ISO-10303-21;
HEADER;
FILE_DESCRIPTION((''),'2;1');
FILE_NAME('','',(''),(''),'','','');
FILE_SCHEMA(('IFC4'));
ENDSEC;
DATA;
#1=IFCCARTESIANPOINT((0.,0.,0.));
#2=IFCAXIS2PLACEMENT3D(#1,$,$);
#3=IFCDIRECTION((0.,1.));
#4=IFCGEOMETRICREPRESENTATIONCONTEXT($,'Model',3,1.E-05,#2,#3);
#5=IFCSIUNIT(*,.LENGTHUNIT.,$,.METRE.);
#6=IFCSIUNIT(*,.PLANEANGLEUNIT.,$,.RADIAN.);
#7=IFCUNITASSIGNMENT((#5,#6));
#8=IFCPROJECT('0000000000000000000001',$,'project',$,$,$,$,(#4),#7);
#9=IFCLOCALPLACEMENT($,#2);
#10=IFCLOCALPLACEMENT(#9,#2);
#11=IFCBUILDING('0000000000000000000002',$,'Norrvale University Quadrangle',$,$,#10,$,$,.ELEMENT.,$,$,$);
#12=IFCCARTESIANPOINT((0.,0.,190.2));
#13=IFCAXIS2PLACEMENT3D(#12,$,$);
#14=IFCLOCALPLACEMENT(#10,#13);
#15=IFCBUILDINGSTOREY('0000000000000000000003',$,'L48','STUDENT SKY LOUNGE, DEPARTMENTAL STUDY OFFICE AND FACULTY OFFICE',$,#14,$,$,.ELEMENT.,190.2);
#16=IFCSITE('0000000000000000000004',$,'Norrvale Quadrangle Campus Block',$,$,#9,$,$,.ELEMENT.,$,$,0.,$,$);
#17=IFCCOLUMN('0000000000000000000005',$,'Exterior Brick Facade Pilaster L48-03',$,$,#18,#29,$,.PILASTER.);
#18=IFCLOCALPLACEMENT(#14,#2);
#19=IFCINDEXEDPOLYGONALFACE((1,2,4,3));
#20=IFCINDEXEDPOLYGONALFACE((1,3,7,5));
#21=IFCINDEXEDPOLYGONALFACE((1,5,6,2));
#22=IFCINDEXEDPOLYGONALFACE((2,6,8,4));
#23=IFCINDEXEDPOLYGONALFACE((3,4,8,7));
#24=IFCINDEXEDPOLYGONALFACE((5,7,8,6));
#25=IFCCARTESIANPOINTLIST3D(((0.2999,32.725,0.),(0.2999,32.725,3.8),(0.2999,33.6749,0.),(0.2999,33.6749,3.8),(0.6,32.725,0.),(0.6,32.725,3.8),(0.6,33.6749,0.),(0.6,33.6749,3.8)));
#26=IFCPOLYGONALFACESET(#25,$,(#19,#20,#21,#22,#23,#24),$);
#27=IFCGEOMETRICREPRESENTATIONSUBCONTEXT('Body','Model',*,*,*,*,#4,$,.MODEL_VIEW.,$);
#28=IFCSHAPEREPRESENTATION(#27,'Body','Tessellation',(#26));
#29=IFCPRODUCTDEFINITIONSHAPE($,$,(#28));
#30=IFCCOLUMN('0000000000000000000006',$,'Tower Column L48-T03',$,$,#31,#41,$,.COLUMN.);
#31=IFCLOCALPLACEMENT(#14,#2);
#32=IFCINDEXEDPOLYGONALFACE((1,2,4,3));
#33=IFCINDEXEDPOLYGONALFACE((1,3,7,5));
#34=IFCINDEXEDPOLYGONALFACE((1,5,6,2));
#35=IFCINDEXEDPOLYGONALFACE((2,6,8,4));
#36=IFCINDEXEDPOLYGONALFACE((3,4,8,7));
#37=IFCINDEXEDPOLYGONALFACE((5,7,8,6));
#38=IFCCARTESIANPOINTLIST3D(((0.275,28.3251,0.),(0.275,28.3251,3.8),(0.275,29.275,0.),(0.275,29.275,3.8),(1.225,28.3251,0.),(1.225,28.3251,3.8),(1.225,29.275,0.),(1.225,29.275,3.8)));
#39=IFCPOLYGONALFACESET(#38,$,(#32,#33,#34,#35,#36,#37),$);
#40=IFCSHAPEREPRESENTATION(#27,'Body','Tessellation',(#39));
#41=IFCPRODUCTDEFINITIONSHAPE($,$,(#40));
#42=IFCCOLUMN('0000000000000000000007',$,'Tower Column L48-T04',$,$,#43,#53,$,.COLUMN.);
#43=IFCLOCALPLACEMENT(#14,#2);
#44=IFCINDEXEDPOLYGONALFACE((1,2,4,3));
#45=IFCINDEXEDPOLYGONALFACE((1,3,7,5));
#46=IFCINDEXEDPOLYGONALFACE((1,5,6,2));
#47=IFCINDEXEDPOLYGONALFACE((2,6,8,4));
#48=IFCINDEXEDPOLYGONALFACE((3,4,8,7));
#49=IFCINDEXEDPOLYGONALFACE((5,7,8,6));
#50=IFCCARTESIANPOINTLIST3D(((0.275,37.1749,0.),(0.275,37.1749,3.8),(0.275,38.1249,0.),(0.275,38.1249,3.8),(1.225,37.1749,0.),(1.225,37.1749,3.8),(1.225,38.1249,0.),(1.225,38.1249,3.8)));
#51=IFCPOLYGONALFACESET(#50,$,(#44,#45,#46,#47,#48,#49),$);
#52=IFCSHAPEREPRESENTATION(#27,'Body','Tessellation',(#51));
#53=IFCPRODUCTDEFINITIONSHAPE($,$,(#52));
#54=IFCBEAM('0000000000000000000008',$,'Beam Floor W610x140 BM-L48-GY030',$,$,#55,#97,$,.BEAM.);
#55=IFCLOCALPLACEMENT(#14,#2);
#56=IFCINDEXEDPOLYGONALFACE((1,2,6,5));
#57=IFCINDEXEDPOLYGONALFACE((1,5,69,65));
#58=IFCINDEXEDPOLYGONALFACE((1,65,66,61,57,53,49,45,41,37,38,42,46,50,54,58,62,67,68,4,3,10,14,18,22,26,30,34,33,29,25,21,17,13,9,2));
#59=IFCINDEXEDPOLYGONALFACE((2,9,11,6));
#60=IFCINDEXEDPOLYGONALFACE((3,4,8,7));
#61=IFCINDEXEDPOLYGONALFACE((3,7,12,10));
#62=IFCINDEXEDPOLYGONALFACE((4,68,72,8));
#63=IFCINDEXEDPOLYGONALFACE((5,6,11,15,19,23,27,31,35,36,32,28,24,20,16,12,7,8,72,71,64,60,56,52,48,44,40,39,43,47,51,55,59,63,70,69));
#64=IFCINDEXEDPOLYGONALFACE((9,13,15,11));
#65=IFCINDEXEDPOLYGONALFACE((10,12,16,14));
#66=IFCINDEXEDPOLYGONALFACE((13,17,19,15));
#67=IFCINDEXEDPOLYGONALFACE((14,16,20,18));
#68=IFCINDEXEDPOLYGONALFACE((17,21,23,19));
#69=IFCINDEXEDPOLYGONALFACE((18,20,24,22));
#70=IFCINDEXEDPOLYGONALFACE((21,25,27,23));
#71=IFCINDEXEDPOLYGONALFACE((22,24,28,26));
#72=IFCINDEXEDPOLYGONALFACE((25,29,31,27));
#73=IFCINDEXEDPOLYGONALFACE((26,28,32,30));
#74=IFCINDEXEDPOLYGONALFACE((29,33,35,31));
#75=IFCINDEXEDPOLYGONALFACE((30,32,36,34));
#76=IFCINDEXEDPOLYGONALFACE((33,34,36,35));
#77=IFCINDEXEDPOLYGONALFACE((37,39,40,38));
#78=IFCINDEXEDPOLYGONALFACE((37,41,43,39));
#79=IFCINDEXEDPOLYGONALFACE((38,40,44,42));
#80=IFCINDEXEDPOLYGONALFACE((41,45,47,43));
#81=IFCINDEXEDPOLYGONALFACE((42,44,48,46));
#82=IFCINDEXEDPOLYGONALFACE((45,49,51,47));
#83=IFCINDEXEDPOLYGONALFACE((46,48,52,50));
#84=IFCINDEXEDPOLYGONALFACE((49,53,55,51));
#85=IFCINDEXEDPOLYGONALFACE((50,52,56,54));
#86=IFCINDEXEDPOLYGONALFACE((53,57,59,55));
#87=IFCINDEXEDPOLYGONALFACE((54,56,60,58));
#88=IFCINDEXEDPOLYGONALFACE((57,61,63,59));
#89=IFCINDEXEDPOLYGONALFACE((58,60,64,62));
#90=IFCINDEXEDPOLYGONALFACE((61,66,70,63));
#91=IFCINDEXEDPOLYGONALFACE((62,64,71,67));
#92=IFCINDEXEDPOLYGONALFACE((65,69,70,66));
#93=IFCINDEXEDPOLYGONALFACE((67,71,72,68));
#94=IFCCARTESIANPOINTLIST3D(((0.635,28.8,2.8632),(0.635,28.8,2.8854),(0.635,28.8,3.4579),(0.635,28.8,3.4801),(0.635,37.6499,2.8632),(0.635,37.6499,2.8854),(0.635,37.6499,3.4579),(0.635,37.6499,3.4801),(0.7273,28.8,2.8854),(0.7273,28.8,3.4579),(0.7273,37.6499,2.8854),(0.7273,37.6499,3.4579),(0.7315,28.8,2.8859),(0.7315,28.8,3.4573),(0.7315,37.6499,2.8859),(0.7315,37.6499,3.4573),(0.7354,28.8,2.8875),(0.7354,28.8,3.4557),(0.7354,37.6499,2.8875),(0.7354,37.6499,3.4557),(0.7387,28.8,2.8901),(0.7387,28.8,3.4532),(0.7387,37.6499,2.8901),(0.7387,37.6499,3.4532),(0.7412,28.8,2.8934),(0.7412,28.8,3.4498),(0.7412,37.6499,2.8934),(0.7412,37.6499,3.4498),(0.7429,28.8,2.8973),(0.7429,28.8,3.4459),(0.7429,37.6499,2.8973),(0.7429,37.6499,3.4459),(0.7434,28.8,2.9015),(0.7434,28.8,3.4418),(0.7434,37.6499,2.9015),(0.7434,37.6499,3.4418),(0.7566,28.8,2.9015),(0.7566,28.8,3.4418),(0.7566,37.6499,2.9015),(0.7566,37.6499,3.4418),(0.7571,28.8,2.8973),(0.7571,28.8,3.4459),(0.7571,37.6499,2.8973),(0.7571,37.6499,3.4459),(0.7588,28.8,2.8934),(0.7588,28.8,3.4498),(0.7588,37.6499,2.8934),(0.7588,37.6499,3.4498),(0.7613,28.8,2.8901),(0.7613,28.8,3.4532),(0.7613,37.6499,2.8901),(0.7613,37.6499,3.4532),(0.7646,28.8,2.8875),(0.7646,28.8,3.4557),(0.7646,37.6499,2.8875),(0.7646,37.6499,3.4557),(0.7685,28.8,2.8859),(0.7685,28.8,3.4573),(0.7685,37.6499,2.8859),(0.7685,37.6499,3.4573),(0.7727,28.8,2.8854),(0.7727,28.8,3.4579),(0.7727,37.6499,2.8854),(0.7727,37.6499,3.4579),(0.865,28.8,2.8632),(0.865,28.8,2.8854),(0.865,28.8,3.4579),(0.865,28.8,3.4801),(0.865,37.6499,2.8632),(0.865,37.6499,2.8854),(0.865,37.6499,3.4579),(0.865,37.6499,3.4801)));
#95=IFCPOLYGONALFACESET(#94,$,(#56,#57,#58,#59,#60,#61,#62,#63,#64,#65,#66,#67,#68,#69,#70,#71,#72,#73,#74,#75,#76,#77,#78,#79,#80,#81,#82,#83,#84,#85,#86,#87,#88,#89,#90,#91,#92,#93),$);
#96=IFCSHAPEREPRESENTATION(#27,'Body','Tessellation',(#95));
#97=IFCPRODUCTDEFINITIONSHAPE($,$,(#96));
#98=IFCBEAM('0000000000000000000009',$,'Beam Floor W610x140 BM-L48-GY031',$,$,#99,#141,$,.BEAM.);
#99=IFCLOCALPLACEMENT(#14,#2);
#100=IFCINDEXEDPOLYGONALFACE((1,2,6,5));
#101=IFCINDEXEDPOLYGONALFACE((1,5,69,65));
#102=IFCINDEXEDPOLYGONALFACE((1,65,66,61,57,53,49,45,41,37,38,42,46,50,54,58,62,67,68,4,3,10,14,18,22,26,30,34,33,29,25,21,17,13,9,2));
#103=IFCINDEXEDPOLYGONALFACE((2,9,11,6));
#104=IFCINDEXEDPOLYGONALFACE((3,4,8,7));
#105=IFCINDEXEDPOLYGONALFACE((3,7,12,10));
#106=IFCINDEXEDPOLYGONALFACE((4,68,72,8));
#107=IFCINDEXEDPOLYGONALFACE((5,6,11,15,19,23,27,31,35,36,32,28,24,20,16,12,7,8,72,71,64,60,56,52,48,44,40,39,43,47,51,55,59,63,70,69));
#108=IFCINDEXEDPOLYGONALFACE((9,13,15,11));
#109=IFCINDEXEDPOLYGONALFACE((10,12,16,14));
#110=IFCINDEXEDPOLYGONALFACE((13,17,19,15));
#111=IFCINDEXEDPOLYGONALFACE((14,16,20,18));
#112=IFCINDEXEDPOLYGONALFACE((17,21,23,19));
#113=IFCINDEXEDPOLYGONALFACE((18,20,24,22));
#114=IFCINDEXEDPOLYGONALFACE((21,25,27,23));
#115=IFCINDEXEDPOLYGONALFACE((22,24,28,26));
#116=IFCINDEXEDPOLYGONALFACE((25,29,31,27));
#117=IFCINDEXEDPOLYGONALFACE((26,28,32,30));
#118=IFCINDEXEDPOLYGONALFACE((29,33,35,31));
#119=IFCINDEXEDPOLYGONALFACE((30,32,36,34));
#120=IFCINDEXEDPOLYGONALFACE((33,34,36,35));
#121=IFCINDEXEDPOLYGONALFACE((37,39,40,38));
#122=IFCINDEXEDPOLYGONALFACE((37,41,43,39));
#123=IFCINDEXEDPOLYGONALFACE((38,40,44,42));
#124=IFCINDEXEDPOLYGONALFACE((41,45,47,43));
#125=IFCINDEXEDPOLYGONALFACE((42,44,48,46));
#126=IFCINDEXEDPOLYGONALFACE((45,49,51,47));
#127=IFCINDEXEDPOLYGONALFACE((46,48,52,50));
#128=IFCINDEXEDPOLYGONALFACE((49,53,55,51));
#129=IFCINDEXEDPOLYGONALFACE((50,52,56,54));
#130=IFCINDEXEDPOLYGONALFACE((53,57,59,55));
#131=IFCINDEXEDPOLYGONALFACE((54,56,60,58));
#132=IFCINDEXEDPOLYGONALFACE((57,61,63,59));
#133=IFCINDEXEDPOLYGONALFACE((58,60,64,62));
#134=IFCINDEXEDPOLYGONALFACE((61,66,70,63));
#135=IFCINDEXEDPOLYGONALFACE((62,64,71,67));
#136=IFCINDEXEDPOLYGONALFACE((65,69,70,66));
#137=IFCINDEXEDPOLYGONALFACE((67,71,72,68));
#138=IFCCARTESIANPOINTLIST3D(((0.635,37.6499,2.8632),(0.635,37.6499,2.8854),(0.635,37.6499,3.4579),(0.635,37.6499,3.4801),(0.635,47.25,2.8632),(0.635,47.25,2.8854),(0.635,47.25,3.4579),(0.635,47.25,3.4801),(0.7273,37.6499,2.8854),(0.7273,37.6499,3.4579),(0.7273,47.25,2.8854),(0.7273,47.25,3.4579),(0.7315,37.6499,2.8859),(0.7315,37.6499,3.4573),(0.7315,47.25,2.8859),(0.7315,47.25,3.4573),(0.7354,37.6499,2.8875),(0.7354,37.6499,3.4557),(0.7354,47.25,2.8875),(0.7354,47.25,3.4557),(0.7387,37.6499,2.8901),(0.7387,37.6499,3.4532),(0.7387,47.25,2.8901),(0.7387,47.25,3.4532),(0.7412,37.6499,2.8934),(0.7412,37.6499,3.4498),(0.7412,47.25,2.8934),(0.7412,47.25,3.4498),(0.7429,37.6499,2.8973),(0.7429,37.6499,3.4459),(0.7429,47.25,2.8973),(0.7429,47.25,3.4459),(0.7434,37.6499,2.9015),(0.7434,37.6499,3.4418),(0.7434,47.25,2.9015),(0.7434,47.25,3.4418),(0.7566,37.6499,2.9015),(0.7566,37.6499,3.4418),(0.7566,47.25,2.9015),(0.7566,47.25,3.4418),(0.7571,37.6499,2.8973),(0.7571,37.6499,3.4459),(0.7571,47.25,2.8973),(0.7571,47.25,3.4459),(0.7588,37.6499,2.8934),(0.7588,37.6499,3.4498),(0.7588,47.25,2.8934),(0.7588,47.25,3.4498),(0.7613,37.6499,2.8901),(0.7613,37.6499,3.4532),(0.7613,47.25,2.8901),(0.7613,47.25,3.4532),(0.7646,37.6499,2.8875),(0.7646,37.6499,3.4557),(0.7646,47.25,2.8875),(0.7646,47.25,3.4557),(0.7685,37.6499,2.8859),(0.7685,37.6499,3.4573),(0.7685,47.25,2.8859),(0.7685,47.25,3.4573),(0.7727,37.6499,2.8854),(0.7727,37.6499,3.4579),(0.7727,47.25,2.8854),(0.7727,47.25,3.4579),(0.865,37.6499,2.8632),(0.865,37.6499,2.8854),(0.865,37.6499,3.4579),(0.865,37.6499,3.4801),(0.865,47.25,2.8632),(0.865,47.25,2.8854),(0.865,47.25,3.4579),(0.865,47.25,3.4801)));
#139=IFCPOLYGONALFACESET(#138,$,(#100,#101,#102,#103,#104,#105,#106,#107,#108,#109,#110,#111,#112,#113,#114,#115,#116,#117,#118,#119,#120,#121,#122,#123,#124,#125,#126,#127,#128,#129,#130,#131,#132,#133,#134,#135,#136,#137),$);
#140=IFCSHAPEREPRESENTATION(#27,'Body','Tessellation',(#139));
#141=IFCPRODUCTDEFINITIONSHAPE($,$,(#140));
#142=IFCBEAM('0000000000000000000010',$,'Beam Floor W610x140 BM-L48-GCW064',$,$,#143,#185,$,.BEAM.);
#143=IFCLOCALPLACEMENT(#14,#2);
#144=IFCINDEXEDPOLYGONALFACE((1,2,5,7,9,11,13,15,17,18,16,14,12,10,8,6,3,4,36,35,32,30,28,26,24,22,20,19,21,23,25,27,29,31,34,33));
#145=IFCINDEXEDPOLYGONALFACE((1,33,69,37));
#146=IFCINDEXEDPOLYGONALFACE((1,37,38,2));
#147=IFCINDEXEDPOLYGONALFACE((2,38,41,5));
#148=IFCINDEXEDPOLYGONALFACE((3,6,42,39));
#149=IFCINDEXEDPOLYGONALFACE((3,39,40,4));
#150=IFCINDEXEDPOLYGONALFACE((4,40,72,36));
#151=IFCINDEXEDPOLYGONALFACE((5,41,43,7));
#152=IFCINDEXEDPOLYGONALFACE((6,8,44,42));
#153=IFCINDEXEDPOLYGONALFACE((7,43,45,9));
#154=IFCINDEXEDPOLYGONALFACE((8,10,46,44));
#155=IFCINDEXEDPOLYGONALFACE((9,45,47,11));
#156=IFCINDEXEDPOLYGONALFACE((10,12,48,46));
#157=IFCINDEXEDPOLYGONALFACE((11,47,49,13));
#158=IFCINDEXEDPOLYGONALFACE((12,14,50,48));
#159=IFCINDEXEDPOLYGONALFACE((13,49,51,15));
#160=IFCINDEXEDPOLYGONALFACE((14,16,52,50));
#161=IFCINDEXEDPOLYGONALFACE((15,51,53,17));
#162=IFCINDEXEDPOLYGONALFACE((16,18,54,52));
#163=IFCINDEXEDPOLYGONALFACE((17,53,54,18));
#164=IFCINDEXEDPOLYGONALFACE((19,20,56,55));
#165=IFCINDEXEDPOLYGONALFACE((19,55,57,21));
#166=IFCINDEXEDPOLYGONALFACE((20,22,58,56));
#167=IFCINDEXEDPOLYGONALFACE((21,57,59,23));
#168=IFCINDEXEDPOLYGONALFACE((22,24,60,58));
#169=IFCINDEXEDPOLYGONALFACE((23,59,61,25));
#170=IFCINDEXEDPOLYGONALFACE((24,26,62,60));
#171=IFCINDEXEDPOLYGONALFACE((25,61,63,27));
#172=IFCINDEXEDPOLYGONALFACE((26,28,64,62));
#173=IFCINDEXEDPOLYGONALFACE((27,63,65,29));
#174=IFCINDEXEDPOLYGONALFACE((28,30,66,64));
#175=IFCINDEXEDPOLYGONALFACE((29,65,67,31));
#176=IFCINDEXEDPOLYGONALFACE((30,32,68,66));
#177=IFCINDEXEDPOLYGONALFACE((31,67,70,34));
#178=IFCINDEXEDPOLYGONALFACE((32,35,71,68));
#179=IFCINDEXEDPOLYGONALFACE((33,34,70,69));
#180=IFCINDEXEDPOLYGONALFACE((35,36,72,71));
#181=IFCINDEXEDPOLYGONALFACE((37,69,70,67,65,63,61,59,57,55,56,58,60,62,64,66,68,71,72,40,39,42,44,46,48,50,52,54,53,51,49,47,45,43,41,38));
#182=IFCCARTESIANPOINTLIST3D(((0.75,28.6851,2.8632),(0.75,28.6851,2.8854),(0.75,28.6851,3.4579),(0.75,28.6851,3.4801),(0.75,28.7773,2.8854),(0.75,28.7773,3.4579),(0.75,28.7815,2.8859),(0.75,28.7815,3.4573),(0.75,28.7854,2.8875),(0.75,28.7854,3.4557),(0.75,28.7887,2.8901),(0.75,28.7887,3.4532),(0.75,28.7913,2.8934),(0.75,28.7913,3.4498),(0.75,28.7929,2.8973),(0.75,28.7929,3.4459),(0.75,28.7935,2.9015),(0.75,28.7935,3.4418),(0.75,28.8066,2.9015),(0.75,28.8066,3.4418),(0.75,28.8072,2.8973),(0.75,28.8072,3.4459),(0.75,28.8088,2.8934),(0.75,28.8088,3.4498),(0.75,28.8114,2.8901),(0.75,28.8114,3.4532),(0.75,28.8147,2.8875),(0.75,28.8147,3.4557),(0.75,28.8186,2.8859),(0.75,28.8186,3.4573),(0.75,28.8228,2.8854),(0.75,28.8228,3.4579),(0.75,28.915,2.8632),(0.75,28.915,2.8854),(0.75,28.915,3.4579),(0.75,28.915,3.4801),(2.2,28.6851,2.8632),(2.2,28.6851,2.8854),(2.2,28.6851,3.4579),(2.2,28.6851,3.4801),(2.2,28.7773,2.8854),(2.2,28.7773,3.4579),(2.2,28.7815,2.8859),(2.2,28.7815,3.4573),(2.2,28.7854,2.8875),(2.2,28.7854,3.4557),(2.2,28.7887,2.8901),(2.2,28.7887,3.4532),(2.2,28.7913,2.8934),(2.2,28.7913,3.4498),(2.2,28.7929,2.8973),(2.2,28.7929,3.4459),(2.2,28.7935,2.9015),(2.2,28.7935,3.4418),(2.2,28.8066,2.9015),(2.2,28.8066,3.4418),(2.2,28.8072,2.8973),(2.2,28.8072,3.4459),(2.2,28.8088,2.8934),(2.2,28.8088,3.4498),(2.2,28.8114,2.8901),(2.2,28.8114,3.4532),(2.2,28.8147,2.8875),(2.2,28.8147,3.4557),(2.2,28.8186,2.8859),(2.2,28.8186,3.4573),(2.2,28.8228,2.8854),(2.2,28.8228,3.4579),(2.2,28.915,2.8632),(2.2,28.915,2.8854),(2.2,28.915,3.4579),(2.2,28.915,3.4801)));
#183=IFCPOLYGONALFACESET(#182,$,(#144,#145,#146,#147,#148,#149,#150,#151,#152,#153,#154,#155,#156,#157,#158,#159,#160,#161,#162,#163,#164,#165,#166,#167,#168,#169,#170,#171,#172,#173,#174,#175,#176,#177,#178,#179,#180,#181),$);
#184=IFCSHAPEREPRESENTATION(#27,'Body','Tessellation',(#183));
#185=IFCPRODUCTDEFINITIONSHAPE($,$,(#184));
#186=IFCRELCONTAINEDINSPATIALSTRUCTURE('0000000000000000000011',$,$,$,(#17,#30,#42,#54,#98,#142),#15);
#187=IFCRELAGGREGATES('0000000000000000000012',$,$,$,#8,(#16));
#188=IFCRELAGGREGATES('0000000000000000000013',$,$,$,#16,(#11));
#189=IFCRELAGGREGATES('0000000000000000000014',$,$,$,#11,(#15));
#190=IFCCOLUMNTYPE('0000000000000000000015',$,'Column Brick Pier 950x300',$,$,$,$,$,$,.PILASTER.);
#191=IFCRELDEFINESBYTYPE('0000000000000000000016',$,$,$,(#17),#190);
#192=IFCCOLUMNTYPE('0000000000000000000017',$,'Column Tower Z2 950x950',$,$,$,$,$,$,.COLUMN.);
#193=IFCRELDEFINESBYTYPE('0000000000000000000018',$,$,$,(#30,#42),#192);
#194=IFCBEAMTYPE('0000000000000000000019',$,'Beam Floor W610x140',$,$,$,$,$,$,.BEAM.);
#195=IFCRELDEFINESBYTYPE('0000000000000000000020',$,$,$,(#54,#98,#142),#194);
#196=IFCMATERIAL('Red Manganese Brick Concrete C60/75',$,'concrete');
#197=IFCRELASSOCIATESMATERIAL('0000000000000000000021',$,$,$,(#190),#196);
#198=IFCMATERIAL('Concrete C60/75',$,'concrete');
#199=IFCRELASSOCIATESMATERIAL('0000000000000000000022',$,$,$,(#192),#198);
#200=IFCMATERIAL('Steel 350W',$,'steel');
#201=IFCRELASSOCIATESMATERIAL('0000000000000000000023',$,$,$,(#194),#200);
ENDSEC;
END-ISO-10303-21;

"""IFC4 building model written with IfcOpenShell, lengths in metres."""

from ifc_helpers import new_model, si_unit, direction, frame, origin, origin_2d, place, context, subcontext, project, spatial, rectangle, i_section, extrude, material, material_profile, profile_set, type_object, element, save


model = new_model("IFC4")

# Units and contexts
model_context = context("Model", 3, precision=1e-05, world=origin(), true_north=direction((0.0, 1.0)))
body_context = subcontext(model_context, "Body", "Model", "MODEL_VIEW")
ifc_project = project(units=[si_unit("LENGTHUNIT", "METRE"), si_unit("PLANEANGLEUNIT", "RADIAN")], contexts=[model_context])

# Site, building, storey
site_placement = place(None, origin())
site = spatial("IfcSite", under=ifc_project, at=site_placement, Name="Norrvale Quadrangle Campus Block", CompositionType="ELEMENT", RefElevation=0.0)
building_placement = place(site_placement, origin())
building = spatial("IfcBuilding", under=site, at=building_placement, Name="Norrvale University Quadrangle", CompositionType="ELEMENT")
storey_placement = place(building_placement, frame((0.0, 0.0, 190.2)))
storey = spatial("IfcBuildingStorey", under=building, at=storey_placement, Name="L48", Description="STUDENT SKY LOUNGE, DEPARTMENTAL STUDY OFFICE AND FACULTY OFFICE", CompositionType="ELEMENT", Elevation=190.2)

# Columns
ifc_material_1 = material(Name="Red Manganese Brick Concrete C60/75", Category="concrete")
ifc_material_profile_1 = material_profile(ifc_material_1, rectangle(XDim=0.95, YDim=0.3, at=origin_2d()), Name="Red Manganese Brick Concrete C60/75")
ifc_profile_set_1 = profile_set([ifc_material_profile_1], Name="Red Manganese Brick Concrete C60/75")
column_type_1 = type_object("IfcColumnType", Name="Column Brick Pier 950x300", PredefinedType="PILASTER", material=ifc_profile_set_1)
column_placement = place(storey_placement, frame((0.45, 33.2, 0.0), z_axis=(0.0, 0.0, 1.0), x_axis=(0.0, 1.0, 0.0)))
element("IfcColumn", 1, at=column_placement, inside=storey, type_object=column_type_1, Name="Exterior Brick Facade Pilaster L48-03", PredefinedType="PILASTER", context=body_context, shape_type="SweptSolid", body=[
    extrude(rectangle(XDim=0.95, YDim=0.3, at=origin_2d()), origin(), (0.0, 0.0, 1.0), 3.8),
])
ifc_material_2 = material(Name="Concrete C60/75", Category="concrete")
ifc_material_profile_2 = material_profile(ifc_material_2, rectangle(XDim=0.95, YDim=0.95, at=origin_2d()), Name="Concrete C60/75")
ifc_profile_set_2 = profile_set([ifc_material_profile_2], Name="Concrete C60/75")
column_type_2 = type_object("IfcColumnType", Name="Column Tower Z2 950x950", PredefinedType="COLUMN", material=ifc_profile_set_2)
for number, where, z_axis, x_axis, name in (
    (2, (0.75, 28.8, 0.0), (0.0, 0.0, 1.0), (1.0, 0.0, 0.0), "Tower Column L48-T03"),
    (3, (0.75, 37.6499, 0.0), (0.0, 0.0, 1.0), (1.0, 0.0, 0.0), "Tower Column L48-T04"),
):
    element("IfcColumn", number, at=place(storey_placement, frame(where, z_axis=z_axis, x_axis=x_axis)), inside=storey, type_object=column_type_2, Name=name, PredefinedType="COLUMN", context=body_context, shape_type="SweptSolid", body=[
        extrude(rectangle(XDim=0.95, YDim=0.95, at=origin_2d()), origin(), (0.0, 0.0, 1.0), 3.8),
    ])

# Beams
ifc_material_3 = material(Name="Steel 350W", Category="steel")
ifc_material_profile_3 = material_profile(ifc_material_3, i_section(OverallWidth=0.23, OverallDepth=0.6169, WebThickness=0.0132, FlangeThickness=0.0222, FilletRadius=0.0161, at=origin_2d()), Name="Steel 350W")
ifc_profile_set_3 = profile_set([ifc_material_profile_3], Name="Steel 350W")
beam_type = type_object("IfcBeamType", Name="Beam Floor W610x140", PredefinedType="BEAM", material=ifc_profile_set_3)
beam_1_placement = place(storey_placement, frame((0.75, 28.8, 3.1716), z_axis=(0.0, 1.0, 0.0), x_axis=(-1.0, 0.0, 0.0)))
element("IfcBeam", 4, at=beam_1_placement, inside=storey, type_object=beam_type, Name="Beam Floor W610x140 BM-L48-GY030", PredefinedType="BEAM", context=body_context, shape_type="SweptSolid", body=[
    extrude(i_section(OverallWidth=0.23, OverallDepth=0.6169, WebThickness=0.0132, FlangeThickness=0.0222, FilletRadius=0.0161, at=origin_2d()), origin(), (0.0, 0.0, 1.0), 8.8499),
])
beam_2_placement = place(storey_placement, frame((0.75, 37.6499, 3.1716), z_axis=(0.0, 1.0, 0.0), x_axis=(-1.0, 0.0, 0.0)))
element("IfcBeam", 5, at=beam_2_placement, inside=storey, type_object=beam_type, Name="Beam Floor W610x140 BM-L48-GY031", PredefinedType="BEAM", context=body_context, shape_type="SweptSolid", body=[
    extrude(i_section(OverallWidth=0.23, OverallDepth=0.6169, WebThickness=0.0132, FlangeThickness=0.0222, FilletRadius=0.0161, at=origin_2d()), origin(), (0.0, 0.0, 1.0), 9.6001),
])
for number, where, z_axis, x_axis, name in (
    (6, (0.75, 28.8, 3.1716), (1.0, 0.0, 0.0), (0.0, 1.0, 0.0), "Beam Floor W610x140 BM-L48-GCW064"),
):
    element("IfcBeam", number, at=place(storey_placement, frame(where, z_axis=z_axis, x_axis=x_axis)), inside=storey, type_object=beam_type, Name=name, PredefinedType="BEAM", context=body_context, shape_type="SweptSolid", body=[
        extrude(i_section(OverallWidth=0.23, OverallDepth=0.6169, WebThickness=0.0132, FlangeThickness=0.0222, FilletRadius=0.0161, at=origin_2d()), origin(), (0.0, 0.0, 1.0), 1.45),
    ])

save(model, "model.ifc")
